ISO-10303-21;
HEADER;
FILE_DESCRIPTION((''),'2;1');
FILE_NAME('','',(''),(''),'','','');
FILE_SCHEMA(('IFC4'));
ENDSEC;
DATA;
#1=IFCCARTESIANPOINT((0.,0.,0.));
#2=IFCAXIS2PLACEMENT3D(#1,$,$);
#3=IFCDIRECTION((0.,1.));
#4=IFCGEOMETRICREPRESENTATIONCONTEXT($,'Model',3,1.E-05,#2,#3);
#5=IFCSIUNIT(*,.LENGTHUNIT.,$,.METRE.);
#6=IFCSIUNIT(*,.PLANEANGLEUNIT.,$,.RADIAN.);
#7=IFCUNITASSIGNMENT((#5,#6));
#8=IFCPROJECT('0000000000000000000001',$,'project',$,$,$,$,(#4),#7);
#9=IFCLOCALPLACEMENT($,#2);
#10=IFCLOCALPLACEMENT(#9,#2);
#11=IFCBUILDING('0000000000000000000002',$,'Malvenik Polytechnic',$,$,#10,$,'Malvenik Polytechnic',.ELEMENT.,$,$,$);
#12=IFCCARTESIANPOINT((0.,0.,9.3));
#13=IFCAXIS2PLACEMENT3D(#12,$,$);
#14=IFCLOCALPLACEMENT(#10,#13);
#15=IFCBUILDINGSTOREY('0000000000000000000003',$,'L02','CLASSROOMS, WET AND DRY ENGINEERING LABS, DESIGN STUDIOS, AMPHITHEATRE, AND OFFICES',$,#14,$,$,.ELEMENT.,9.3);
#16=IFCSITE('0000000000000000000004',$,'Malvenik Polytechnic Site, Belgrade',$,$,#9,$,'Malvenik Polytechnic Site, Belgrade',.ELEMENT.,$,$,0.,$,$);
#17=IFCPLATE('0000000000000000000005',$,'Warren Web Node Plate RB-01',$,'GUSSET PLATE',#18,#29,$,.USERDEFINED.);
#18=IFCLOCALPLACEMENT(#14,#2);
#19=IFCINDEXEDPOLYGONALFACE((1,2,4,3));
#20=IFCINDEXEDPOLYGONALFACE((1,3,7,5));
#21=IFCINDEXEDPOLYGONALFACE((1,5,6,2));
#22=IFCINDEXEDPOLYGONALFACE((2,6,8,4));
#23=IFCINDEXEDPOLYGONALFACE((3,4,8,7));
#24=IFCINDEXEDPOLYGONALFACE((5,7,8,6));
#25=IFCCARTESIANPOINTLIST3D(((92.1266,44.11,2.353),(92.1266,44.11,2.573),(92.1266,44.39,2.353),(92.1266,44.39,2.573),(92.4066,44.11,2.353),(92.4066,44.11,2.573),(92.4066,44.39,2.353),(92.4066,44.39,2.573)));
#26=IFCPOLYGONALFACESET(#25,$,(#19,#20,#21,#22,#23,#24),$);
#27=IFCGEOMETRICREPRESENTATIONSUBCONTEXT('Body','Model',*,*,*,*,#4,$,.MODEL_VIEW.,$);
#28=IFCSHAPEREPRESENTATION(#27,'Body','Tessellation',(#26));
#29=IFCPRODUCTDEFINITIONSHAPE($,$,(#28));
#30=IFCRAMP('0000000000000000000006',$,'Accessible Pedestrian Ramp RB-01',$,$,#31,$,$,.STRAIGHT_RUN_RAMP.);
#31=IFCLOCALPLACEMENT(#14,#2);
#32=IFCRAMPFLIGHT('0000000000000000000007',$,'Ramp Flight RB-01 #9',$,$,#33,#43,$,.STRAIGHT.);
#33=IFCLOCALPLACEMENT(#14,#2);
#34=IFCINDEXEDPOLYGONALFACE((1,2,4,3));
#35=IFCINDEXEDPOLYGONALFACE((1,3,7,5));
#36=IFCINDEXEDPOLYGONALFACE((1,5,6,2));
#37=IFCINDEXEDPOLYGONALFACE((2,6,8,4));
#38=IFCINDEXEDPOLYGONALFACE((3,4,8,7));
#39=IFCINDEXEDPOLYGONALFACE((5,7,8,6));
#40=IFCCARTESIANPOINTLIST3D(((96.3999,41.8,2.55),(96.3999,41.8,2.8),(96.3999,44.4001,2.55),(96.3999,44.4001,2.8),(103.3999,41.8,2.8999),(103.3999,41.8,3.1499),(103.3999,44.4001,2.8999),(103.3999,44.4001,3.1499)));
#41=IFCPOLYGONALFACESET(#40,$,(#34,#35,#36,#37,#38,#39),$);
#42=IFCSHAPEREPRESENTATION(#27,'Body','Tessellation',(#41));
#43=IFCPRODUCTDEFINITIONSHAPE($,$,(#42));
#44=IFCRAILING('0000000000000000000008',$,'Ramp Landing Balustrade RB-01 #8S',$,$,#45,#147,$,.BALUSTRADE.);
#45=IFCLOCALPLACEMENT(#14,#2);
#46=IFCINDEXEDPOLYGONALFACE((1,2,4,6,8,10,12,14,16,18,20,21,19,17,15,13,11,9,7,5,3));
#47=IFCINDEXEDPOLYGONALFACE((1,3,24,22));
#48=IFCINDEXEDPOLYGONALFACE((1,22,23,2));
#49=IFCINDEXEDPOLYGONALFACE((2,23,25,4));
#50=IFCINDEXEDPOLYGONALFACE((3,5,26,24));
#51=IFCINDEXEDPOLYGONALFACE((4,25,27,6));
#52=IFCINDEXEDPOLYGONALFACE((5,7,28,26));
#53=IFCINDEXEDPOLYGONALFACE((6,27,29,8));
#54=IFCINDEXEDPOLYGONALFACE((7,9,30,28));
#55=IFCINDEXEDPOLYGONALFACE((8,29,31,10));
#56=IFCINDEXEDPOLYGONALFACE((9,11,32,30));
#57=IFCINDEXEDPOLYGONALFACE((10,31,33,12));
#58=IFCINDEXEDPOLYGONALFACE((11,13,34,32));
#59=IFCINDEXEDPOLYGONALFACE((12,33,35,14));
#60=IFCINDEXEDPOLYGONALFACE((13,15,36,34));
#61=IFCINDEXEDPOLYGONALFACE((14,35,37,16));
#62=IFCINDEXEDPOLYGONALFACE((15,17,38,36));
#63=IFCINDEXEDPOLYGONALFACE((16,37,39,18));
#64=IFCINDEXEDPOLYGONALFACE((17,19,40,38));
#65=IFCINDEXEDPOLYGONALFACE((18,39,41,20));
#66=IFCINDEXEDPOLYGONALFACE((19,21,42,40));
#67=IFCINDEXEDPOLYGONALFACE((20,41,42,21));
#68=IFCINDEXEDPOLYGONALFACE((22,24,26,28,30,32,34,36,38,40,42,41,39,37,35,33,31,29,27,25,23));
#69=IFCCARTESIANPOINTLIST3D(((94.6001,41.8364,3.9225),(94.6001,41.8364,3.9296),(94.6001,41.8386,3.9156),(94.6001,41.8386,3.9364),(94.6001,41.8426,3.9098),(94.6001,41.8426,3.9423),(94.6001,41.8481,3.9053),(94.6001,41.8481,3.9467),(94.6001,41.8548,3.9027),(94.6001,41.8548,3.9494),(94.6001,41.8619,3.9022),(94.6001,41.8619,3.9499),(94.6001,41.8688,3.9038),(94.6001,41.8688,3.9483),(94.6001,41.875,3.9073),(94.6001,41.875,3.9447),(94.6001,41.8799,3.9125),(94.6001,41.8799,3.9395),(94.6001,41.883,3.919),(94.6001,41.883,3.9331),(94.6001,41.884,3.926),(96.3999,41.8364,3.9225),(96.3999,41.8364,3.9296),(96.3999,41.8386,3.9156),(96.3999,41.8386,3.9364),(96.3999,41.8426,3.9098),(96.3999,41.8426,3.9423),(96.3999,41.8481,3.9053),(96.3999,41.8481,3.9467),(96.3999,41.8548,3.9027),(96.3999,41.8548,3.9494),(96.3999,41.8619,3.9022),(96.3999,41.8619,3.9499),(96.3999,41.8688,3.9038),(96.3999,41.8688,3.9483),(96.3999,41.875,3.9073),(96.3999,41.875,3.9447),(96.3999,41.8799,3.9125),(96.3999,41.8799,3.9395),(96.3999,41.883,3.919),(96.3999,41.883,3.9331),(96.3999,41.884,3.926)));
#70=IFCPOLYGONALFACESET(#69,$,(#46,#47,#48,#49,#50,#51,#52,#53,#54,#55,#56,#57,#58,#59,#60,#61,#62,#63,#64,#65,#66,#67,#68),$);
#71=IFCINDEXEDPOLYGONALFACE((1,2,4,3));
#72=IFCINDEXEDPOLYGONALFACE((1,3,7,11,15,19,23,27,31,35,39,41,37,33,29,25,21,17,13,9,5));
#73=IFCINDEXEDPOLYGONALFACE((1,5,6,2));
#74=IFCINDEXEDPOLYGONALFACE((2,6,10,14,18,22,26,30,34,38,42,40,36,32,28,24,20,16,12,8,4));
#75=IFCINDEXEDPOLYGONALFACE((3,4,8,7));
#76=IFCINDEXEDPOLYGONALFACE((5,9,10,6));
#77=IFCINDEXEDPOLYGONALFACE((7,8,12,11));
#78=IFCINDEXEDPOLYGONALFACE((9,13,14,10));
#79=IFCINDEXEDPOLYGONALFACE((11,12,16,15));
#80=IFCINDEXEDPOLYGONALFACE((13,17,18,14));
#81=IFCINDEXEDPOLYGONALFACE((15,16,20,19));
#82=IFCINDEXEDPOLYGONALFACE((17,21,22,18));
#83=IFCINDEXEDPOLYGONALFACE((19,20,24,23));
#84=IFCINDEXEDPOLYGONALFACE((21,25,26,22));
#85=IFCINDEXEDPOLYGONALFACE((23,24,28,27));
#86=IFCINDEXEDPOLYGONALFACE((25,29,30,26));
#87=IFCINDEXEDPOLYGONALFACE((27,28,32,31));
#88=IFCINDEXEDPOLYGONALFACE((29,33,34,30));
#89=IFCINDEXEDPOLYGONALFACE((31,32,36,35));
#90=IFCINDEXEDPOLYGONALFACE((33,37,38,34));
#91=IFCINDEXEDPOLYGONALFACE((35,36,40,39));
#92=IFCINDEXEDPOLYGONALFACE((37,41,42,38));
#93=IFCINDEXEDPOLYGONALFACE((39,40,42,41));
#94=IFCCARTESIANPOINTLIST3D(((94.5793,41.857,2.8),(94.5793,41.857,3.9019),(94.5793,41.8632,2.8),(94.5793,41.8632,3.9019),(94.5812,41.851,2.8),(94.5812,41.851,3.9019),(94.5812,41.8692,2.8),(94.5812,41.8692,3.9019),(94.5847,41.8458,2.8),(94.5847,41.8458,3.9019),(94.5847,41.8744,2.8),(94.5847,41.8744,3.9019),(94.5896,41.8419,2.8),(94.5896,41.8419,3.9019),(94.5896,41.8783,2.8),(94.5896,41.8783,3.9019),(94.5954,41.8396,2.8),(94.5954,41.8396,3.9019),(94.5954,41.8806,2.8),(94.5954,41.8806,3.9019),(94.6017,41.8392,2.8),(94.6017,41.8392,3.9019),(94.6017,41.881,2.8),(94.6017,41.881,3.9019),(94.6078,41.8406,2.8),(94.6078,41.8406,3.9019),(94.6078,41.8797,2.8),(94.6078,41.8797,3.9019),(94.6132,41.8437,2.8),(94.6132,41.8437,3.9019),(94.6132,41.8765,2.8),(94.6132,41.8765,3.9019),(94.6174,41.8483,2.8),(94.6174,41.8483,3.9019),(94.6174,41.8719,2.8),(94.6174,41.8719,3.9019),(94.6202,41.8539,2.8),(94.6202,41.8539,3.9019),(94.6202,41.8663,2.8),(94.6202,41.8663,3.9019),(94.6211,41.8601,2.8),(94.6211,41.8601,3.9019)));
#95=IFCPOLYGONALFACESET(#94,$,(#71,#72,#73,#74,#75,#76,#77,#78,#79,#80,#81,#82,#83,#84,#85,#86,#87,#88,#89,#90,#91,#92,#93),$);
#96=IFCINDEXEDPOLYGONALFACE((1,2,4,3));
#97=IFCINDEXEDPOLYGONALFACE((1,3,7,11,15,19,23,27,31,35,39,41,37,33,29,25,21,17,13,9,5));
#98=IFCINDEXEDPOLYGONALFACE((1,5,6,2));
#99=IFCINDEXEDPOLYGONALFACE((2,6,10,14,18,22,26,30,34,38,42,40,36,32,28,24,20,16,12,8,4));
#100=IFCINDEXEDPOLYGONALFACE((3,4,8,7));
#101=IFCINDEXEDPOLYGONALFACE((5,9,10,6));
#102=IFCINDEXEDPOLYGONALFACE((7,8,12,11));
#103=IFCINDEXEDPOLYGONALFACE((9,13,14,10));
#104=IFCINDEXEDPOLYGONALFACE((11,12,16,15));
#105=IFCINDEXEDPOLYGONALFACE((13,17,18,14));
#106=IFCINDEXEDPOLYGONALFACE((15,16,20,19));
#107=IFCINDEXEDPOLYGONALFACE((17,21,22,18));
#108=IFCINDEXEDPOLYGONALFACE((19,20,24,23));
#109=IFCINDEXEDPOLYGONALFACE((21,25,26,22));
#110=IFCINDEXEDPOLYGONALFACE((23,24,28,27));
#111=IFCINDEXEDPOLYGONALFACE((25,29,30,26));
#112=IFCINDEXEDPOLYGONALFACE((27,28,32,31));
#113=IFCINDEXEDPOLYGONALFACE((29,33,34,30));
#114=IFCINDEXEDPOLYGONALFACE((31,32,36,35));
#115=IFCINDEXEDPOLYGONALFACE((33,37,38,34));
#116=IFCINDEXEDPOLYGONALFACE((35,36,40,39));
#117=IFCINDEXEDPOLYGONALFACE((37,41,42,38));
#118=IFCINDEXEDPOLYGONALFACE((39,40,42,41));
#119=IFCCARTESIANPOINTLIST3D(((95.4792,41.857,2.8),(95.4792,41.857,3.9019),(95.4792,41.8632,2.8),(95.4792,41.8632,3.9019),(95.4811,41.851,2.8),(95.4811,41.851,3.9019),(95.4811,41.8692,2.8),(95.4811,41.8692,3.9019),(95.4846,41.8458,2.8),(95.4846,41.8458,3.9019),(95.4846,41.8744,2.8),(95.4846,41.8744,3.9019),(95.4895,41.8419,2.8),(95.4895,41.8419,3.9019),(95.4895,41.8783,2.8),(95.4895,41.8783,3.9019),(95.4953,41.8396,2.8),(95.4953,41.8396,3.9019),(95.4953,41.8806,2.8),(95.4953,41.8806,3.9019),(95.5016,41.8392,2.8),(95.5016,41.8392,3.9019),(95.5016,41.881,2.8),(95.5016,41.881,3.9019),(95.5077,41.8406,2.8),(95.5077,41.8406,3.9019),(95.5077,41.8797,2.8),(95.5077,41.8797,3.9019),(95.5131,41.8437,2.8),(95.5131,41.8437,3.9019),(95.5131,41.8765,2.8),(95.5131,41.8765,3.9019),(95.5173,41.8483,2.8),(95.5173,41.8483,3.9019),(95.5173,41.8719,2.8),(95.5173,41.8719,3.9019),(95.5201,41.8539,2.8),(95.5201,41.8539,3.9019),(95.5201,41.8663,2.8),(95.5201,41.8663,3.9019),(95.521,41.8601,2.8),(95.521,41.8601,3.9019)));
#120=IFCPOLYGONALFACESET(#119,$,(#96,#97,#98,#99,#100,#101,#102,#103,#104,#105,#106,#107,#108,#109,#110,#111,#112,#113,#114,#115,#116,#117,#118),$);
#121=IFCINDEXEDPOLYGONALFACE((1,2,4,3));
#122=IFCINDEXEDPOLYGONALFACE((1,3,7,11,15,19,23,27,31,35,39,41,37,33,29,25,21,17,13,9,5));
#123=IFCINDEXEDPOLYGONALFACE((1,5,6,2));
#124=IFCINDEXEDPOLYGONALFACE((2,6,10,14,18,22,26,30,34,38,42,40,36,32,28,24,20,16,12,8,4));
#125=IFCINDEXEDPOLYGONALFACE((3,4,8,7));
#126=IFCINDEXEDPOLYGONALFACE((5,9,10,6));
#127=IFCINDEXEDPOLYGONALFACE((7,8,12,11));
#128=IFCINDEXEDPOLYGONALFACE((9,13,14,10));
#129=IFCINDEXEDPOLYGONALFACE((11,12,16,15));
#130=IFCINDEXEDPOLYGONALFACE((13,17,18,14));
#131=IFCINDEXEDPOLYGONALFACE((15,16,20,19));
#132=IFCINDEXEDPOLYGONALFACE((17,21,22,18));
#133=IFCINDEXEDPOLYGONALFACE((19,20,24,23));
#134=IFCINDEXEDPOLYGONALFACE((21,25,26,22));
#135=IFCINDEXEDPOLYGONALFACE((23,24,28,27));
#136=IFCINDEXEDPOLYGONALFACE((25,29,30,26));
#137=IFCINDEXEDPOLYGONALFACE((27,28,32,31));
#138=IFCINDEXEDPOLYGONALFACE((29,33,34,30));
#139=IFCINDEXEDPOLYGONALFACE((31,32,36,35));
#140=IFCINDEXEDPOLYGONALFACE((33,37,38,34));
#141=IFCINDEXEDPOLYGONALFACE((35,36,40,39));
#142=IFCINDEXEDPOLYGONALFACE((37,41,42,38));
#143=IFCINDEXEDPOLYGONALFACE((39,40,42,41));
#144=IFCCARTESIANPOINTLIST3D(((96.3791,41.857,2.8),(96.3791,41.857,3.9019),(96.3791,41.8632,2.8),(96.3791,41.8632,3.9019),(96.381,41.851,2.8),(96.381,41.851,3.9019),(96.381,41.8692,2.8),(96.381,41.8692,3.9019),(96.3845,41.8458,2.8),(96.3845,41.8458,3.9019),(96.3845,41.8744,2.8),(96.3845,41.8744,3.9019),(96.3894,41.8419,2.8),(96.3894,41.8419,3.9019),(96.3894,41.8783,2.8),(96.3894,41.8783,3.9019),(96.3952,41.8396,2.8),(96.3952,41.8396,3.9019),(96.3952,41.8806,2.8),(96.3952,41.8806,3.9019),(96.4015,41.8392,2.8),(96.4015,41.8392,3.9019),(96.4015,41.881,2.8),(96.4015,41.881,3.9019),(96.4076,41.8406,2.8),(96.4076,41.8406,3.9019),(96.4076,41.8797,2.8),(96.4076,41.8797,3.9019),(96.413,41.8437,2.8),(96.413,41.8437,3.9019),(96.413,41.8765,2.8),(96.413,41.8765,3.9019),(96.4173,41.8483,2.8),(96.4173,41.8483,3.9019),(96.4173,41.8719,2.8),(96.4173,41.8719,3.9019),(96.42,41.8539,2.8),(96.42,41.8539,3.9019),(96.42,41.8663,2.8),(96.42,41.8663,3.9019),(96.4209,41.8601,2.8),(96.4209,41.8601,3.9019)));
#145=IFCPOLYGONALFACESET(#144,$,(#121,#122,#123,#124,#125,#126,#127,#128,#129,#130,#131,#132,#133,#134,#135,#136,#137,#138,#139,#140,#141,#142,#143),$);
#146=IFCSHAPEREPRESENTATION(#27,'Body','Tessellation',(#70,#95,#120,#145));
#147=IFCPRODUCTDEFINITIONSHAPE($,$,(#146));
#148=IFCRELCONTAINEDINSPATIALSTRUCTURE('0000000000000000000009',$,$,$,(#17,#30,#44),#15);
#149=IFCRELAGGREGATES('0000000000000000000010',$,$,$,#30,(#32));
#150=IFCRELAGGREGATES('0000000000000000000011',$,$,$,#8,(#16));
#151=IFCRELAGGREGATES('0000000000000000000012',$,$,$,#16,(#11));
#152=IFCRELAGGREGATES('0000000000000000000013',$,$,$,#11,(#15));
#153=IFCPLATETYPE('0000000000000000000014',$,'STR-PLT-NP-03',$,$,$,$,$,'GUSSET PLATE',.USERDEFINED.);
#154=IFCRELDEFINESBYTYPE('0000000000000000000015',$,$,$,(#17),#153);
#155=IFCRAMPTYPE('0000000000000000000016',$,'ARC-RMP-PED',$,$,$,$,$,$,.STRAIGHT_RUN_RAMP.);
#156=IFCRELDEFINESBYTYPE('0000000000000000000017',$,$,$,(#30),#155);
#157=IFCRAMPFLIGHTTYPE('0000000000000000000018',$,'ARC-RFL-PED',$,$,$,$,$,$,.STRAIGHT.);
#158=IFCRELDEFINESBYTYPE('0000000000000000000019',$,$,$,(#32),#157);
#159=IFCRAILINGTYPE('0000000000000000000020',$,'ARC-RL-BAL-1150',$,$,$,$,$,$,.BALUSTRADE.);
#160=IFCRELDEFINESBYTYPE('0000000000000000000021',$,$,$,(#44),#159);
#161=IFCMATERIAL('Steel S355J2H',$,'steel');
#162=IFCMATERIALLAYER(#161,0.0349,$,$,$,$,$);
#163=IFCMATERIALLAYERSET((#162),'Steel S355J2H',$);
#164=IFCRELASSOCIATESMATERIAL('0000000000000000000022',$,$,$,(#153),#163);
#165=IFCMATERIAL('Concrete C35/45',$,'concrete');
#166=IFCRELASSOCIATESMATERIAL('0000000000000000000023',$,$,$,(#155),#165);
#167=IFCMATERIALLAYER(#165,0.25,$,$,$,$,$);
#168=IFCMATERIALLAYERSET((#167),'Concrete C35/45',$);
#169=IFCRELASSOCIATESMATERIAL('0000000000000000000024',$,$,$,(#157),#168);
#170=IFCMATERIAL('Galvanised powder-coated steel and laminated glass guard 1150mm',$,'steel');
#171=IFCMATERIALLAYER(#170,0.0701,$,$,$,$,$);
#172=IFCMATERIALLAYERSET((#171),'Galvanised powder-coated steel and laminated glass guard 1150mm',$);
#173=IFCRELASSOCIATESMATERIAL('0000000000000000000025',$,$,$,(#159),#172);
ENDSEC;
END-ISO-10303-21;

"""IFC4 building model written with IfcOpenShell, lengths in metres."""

from ifc_helpers import new_model, si_unit, direction, frame, origin, origin_2d, place, context, subcontext, project, spatial, polyline, rectangle, circle, outline, extrude, material, layer, layer_set, type_object, element, aggregate, save


model = new_model("IFC4")

# Units and contexts
model_context = context("Model", 3, precision=1e-05, world=origin(), true_north=direction((0.0, 1.0)))
body_context = subcontext(model_context, "Body", "Model", "MODEL_VIEW")
ifc_project = project(units=[si_unit("LENGTHUNIT", "METRE"), si_unit("PLANEANGLEUNIT", "RADIAN")], contexts=[model_context])

# Site, building, storey
site_placement = place(None, origin())
site = spatial("IfcSite", under=ifc_project, at=site_placement, Name="Malvenik Polytechnic Site, Belgrade", LongName="Malvenik Polytechnic Site, Belgrade", CompositionType="ELEMENT", RefElevation=0.0)
building_placement = place(site_placement, origin())
building = spatial("IfcBuilding", under=site, at=building_placement, Name="Malvenik Polytechnic", LongName="Malvenik Polytechnic", CompositionType="ELEMENT")
storey_placement = place(building_placement, frame((0.0, 0.0, 9.3)))
storey = spatial("IfcBuildingStorey", under=building, at=storey_placement, Name="L02", Description="CLASSROOMS, WET AND DRY ENGINEERING LABS, DESIGN STUDIOS, AMPHITHEATRE, AND OFFICES", CompositionType="ELEMENT", Elevation=9.3)

# Shared definitions
ifc_material_1 = material(Name="Concrete C35/45", Category="concrete")
ifc_material_2 = material(Name="Steel S355J2H", Category="steel")

# Plate
ifc_layer_1 = layer(ifc_material_2, 0.0349)
ifc_layer_set_1 = layer_set([ifc_layer_1], Name="Steel S355J2H")
plate_type = type_object("IfcPlateType", Name="STR-PLT-NP-03", ElementType="GUSSET PLATE", PredefinedType="USERDEFINED", material=ifc_layer_set_1)
for number, where, z_axis, x_axis, name in (
    (1, (92.2666, 44.25, 2.353), (0.0, 0.0, 1.0), (1.0, 0.0, 0.0), "Warren Web Node Plate RB-01"),
):
    element("IfcPlate", number, at=place(storey_placement, frame(where, z_axis=z_axis, x_axis=x_axis)), inside=storey, type_object=plate_type, Name=name, ObjectType="GUSSET PLATE", PredefinedType="USERDEFINED", context=body_context, shape_type="SweptSolid", body=[
        extrude(rectangle(XDim=0.28, YDim=0.28, at=origin_2d()), origin(), (0.0, 0.0, 1.0), 0.22),
    ])

# Ramp, ramp flight
ramp_type = type_object("IfcRampType", Name="ARC-RMP-PED", PredefinedType="STRAIGHT_RUN_RAMP", material=ifc_material_1)
ramp_placement = place(storey_placement, origin())
ramp = element("IfcRamp", 2, at=ramp_placement, inside=storey, type_object=ramp_type, Name="Accessible Pedestrian Ramp RB-01", PredefinedType="STRAIGHT_RUN_RAMP")
ifc_layer_2 = layer(ifc_material_1, 0.25)
ifc_layer_set_2 = layer_set([ifc_layer_2], Name="Concrete C35/45")
ramp_flight_type = type_object("IfcRampFlightType", Name="ARC-RFL-PED", PredefinedType="STRAIGHT", material=ifc_layer_set_2)
ramp_flight_placement = place(storey_placement, frame((96.3999, 43.1001, 2.8), z_axis=(0.0, 0.0, 1.0), x_axis=(1.0, 0.0, 0.0)))
ramp_flight = element("IfcRampFlight", 3, at=ramp_flight_placement, type_object=ramp_flight_type, Name="Ramp Flight RB-01 #9", PredefinedType="STRAIGHT", context=body_context, shape_type="SweptSolid", body=[
    extrude(outline(polyline([(0.0, -0.25), (7.0, 0.0999), (7.0, 0.3499), (0.0, 0.0), (0.0, -0.25)])), frame((0.0, 1.3, 0.0), z_axis=(0.0, -1.0, 0.0), x_axis=(1.0, 0.0, 0.0)), (0.0, 0.0, 1.0), 2.6001),
])
aggregate(ramp, [ramp_flight])

# Railing
ifc_material_3 = material(Name="Galvanised powder-coated steel and laminated glass guard 1150mm", Category="steel")
ifc_layer_3 = layer(ifc_material_3, 0.0701)
ifc_layer_set_3 = layer_set([ifc_layer_3], Name="Galvanised powder-coated steel and laminated glass guard 1150mm")
railing_type_1 = type_object("IfcRailingType", Name="ARC-RL-BAL-1150", PredefinedType="BALUSTRADE", material=ifc_layer_set_3)
railing_1_placement = place(storey_placement, frame((94.6001, 41.8601, 2.8)))
element("IfcRailing", 4, at=railing_1_placement, inside=storey, type_object=railing_type_1, Name="Ramp Landing Balustrade RB-01 #8S", PredefinedType="BALUSTRADE", context=body_context, shape_type="SweptSolid", body=[
    extrude(circle(Radius=0.0239, at=origin_2d()), frame((0.0, 0.0, 1.126), z_axis=(1.0, 0.0, 0.0), x_axis=(0.0, 1.0, 0.0)), (0.0, 0.0, 1.0), 1.7998),
    extrude(circle(Radius=0.021, at=origin_2d()), origin(), (0.0, 0.0, 1.0), 1.1018),
    extrude(circle(Radius=0.021, at=origin_2d()), frame((0.8999, 0.0, 0.0)), (0.0, 0.0, 1.0), 1.1018),
    extrude(circle(Radius=0.021, at=origin_2d()), frame((1.7998, 0.0, 0.0)), (0.0, 0.0, 1.0), 1.1018),
])

save(model, "model.ifc")
